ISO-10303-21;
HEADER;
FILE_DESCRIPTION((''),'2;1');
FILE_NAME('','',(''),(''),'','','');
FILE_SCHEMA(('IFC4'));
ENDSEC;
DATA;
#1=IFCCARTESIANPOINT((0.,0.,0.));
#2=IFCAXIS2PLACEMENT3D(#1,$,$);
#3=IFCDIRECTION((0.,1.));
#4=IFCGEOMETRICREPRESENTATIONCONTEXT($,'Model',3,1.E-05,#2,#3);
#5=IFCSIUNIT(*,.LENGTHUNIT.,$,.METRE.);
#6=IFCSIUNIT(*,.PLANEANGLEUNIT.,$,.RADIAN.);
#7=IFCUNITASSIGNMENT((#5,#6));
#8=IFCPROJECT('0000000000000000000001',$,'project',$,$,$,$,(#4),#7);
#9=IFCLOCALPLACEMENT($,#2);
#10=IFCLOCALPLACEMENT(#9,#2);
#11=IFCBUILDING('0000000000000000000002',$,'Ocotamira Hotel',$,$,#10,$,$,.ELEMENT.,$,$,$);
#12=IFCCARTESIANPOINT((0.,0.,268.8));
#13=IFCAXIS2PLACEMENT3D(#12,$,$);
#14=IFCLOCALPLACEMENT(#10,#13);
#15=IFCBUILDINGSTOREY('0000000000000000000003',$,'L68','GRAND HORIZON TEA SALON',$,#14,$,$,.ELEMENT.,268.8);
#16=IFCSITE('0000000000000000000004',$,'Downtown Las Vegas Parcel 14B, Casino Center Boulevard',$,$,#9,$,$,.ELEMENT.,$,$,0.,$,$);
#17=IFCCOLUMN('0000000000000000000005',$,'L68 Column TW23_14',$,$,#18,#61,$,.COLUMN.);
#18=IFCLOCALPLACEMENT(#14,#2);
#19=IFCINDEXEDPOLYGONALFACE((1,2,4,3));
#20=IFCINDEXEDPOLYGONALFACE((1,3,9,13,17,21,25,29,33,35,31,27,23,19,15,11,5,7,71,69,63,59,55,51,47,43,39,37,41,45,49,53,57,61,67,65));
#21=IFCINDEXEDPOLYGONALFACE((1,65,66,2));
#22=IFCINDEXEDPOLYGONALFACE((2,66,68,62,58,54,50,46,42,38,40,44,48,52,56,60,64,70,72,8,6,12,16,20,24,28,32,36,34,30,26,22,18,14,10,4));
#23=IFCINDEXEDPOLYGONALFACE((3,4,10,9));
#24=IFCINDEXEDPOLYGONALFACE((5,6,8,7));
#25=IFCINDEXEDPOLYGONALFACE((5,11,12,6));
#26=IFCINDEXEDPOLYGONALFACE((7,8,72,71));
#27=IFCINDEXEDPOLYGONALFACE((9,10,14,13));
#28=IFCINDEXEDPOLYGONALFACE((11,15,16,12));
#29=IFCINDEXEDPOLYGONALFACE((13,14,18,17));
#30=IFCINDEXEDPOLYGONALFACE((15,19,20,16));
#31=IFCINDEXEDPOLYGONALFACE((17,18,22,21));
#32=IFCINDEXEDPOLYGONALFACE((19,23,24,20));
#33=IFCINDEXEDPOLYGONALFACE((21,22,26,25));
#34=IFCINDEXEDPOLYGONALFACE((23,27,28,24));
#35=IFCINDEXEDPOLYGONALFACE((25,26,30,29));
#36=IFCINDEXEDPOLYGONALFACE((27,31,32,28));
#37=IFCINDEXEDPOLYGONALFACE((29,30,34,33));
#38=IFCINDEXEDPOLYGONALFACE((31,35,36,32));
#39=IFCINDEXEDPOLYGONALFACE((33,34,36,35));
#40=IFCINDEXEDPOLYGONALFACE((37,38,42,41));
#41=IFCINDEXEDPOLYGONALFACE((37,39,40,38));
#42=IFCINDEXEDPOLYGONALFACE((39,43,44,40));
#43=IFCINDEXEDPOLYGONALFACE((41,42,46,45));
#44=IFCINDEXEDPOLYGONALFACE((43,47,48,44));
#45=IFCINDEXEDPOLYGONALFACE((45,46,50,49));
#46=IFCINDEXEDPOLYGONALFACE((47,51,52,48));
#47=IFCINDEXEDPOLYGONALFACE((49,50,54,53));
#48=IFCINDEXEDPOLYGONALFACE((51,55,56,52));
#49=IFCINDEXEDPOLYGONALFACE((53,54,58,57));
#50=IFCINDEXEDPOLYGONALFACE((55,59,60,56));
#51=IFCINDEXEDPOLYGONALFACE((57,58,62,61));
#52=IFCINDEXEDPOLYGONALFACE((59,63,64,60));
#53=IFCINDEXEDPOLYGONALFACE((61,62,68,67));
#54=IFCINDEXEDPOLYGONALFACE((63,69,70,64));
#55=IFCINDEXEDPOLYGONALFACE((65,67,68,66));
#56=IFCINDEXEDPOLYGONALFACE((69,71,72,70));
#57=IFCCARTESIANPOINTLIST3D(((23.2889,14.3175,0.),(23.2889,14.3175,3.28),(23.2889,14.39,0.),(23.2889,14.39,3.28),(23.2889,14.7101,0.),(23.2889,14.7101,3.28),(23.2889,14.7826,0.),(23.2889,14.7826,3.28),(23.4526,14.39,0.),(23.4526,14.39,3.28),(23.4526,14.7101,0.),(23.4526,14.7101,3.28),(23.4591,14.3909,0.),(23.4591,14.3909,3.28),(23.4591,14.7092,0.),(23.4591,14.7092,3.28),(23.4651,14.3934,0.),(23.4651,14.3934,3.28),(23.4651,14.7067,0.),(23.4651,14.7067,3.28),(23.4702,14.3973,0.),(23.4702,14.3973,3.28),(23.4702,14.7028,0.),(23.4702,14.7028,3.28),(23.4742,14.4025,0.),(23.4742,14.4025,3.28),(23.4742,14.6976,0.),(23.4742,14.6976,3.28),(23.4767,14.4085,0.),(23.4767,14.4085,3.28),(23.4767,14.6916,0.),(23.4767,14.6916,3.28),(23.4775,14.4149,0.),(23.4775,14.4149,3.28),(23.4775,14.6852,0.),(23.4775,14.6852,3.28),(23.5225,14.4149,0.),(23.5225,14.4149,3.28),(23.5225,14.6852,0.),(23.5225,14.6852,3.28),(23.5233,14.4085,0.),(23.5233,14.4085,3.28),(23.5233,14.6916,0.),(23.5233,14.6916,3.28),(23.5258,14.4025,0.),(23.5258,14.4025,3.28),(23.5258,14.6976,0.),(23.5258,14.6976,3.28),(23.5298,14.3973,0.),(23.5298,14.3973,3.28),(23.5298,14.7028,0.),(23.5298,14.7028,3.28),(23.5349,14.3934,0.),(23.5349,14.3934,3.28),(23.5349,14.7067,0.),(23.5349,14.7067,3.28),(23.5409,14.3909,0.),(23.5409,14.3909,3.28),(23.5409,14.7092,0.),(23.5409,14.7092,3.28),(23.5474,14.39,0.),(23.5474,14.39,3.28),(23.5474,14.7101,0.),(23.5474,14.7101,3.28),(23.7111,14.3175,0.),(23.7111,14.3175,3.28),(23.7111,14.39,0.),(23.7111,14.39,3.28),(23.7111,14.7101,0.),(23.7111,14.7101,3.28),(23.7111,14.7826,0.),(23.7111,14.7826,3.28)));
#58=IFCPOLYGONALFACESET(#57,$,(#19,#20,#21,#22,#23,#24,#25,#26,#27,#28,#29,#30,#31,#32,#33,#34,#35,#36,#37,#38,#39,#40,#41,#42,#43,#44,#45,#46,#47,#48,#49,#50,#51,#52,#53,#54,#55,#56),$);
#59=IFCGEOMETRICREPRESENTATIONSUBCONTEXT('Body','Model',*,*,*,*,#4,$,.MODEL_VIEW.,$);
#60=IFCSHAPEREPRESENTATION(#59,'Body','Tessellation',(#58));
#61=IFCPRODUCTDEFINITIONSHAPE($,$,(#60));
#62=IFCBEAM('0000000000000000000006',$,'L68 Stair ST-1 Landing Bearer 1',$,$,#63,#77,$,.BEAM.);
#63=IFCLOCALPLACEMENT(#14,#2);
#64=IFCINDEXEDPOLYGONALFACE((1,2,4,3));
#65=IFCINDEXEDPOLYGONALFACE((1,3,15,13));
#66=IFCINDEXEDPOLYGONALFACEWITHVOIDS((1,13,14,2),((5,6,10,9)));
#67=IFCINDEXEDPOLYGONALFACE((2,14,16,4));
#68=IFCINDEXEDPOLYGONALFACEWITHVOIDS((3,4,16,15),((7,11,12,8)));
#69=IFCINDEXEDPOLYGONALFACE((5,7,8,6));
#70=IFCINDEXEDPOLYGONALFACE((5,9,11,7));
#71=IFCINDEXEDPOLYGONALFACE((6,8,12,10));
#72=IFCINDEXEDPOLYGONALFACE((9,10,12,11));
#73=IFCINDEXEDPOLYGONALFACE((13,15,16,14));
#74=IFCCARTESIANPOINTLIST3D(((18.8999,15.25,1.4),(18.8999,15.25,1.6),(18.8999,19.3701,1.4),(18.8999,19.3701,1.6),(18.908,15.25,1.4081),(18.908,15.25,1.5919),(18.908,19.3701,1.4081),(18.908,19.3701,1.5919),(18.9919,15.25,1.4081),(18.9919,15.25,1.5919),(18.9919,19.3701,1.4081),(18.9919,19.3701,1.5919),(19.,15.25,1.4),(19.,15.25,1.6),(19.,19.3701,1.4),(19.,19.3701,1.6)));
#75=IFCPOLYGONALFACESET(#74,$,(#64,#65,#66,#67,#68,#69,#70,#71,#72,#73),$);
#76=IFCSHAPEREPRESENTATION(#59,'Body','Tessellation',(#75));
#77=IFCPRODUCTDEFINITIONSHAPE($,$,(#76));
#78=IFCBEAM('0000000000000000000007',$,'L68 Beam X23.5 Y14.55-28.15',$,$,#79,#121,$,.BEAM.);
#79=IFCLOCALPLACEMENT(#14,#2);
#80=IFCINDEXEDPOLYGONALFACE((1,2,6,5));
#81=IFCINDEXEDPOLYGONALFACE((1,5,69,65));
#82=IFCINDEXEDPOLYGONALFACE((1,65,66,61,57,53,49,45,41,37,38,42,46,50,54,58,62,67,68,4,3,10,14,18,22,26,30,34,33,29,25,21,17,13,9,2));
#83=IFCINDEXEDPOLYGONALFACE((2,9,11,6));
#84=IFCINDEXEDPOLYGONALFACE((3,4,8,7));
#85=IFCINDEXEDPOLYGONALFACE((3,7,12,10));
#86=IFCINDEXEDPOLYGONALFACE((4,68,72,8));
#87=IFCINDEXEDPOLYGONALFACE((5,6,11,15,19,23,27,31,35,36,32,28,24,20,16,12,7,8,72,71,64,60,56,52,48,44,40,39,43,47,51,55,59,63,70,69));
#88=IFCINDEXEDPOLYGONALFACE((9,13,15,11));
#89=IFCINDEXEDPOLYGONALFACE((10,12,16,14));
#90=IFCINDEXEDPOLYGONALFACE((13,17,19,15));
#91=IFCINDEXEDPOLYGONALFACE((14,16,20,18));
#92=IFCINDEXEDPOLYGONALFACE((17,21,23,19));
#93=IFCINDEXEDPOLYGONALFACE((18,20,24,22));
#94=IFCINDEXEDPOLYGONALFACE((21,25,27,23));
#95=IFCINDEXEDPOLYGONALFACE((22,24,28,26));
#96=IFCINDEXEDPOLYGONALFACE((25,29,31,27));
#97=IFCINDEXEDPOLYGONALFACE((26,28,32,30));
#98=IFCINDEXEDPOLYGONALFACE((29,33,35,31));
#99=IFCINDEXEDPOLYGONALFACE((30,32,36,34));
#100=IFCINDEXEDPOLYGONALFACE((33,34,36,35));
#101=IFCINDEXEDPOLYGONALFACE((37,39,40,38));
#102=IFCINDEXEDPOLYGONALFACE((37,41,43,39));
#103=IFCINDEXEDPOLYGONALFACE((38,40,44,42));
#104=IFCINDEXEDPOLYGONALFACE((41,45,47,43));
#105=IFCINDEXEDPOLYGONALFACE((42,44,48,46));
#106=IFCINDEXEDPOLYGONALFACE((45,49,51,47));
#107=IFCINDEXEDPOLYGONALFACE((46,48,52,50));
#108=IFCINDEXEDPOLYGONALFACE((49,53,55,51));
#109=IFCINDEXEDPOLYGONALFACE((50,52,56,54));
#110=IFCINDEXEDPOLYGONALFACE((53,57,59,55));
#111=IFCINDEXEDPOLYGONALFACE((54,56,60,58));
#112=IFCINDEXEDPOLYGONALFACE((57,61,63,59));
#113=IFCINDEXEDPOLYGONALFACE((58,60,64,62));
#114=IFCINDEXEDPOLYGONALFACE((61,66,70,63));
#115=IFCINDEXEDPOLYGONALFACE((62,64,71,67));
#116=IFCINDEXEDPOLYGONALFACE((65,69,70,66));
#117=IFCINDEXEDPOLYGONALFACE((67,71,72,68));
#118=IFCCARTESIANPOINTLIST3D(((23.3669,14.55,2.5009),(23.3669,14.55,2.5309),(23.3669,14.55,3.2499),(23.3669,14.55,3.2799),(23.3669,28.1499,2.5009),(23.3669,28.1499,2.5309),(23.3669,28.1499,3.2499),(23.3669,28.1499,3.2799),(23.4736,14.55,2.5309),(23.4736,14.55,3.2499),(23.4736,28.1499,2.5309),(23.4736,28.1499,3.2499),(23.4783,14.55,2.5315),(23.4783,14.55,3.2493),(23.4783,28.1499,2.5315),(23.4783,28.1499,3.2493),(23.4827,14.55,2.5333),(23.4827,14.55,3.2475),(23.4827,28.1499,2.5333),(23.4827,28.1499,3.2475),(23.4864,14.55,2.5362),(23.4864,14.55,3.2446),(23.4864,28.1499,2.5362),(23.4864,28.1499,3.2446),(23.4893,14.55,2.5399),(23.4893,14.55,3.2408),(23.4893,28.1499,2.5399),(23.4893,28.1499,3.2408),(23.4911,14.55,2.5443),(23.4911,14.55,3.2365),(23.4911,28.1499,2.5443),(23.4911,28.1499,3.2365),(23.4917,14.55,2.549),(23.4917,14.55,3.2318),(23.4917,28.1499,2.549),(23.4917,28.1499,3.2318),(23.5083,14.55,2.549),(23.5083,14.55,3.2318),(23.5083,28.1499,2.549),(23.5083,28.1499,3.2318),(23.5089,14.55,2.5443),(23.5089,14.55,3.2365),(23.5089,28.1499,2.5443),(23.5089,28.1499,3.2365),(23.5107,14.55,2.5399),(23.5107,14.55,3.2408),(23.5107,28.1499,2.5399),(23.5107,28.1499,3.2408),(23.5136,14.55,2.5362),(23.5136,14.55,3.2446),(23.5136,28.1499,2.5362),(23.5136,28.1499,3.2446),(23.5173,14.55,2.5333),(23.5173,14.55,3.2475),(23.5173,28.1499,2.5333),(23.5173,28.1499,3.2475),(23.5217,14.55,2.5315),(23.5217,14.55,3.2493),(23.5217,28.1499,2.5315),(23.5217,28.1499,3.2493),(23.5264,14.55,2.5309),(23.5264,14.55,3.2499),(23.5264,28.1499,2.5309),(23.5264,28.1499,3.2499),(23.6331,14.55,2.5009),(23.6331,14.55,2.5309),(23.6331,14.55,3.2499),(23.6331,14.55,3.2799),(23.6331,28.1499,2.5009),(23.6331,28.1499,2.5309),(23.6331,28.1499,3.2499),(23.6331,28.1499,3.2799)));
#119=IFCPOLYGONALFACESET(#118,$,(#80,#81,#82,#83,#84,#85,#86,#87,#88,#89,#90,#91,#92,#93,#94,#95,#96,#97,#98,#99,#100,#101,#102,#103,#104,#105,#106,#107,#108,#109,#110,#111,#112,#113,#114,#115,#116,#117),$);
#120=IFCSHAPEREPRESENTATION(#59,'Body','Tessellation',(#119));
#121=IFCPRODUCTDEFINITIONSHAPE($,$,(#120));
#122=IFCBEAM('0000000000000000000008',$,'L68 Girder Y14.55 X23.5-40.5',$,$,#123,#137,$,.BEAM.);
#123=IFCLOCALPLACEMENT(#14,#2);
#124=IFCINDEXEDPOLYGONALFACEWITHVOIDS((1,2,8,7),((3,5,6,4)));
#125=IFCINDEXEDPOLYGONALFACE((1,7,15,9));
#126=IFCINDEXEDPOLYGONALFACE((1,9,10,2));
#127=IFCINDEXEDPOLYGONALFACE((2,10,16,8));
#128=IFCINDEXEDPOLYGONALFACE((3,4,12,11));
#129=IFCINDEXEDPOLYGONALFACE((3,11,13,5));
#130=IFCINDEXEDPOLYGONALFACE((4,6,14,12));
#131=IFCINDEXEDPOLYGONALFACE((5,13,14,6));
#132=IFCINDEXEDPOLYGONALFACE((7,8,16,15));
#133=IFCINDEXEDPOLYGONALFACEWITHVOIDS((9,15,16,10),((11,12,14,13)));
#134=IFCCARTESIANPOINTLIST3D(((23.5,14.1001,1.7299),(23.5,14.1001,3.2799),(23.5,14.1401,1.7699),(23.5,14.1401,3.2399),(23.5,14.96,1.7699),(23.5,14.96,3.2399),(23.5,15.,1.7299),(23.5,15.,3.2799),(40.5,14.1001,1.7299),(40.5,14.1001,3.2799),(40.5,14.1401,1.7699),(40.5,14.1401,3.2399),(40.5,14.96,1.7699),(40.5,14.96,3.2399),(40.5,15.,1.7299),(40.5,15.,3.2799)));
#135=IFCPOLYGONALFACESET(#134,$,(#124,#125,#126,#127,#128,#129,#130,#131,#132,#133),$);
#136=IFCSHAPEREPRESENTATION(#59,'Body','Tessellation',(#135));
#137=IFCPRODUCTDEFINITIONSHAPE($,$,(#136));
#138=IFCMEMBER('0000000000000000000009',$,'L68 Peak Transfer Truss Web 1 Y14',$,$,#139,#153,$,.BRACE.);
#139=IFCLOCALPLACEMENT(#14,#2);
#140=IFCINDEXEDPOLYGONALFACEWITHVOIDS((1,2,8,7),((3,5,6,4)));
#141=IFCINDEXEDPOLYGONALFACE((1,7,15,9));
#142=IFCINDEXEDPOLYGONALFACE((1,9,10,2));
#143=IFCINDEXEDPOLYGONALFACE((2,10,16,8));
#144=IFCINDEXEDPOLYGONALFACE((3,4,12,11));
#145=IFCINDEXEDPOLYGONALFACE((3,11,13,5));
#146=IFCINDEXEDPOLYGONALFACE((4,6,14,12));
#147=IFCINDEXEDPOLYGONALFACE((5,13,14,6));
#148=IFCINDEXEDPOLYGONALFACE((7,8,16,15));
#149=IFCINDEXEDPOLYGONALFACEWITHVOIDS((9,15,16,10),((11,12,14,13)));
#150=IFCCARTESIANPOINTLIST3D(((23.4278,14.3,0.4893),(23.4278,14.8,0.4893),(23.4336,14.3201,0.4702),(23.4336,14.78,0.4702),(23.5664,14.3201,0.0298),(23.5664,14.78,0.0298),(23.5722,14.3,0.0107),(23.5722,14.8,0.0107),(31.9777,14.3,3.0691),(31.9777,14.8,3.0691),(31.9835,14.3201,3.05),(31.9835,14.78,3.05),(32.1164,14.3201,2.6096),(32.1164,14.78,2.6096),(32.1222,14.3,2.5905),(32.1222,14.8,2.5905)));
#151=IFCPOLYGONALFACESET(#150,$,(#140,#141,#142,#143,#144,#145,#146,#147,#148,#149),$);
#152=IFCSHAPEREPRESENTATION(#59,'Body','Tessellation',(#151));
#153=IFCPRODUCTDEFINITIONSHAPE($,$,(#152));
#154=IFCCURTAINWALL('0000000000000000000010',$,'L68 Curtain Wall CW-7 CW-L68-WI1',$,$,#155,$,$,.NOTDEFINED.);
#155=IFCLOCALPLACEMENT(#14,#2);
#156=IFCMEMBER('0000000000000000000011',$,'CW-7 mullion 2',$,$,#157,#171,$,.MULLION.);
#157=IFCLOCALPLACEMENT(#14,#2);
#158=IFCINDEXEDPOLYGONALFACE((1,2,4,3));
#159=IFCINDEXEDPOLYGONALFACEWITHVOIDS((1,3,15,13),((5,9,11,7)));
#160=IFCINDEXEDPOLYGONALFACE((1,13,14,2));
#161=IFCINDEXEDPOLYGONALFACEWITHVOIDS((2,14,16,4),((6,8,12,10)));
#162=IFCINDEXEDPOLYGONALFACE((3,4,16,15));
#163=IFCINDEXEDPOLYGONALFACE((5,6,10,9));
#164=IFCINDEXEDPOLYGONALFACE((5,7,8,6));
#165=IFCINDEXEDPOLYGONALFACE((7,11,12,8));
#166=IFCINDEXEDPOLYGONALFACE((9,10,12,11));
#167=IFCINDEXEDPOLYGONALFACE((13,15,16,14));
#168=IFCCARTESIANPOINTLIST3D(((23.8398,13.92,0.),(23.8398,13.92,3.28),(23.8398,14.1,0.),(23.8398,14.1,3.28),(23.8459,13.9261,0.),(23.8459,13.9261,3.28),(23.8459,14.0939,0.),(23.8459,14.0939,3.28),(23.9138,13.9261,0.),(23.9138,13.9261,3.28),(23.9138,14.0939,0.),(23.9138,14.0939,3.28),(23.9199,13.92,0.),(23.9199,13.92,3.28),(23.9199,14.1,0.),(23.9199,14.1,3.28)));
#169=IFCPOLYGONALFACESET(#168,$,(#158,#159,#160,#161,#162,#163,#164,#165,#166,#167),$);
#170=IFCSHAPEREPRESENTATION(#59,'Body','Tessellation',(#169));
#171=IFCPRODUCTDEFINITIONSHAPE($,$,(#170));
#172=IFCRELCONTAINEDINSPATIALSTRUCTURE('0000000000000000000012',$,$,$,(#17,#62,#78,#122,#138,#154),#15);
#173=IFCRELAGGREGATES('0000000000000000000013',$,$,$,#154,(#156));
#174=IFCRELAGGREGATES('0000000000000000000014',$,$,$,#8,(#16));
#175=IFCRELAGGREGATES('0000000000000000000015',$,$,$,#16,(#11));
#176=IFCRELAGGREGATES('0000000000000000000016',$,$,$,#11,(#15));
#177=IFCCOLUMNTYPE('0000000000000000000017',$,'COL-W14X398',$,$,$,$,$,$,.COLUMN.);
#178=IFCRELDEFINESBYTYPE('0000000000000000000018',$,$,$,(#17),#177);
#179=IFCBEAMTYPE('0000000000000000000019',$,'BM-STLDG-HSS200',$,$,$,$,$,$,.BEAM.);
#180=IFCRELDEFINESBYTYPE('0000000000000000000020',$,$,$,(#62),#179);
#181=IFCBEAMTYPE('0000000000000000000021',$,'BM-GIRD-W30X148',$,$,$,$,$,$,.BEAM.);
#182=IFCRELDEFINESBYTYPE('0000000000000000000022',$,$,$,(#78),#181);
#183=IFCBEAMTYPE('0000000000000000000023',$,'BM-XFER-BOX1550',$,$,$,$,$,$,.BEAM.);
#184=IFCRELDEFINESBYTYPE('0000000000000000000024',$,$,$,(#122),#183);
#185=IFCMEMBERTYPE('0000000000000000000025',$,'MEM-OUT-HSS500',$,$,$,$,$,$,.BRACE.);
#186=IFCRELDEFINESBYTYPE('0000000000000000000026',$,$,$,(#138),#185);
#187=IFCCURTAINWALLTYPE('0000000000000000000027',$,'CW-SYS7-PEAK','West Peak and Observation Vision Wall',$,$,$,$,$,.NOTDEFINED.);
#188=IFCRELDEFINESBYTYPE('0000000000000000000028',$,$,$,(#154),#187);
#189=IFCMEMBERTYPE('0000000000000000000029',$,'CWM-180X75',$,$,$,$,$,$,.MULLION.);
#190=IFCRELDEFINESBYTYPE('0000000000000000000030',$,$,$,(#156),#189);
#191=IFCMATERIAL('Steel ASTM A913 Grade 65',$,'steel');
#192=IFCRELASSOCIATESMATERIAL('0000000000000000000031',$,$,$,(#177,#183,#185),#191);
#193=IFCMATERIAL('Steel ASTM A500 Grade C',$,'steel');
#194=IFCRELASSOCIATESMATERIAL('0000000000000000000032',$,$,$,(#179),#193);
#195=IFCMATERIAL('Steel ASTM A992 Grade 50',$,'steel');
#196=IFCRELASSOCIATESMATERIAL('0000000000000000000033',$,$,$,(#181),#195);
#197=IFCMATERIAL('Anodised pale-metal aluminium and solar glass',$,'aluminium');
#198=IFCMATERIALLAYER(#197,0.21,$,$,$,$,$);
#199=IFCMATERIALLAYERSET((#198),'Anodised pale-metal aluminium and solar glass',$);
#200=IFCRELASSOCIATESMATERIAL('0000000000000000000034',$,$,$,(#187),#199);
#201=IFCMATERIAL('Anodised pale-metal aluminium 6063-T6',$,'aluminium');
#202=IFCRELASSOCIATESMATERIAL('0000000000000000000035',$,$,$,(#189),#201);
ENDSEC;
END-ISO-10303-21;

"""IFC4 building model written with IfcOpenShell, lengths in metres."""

from ifc_helpers import new_model, si_unit, direction, frame, origin, origin_2d, place, context, subcontext, project, spatial, hollow_rectangle, i_section, extrude, source, transform, mapped, material, layer, layer_set, material_profile, profile_set, type_object, element, aggregate, save


model = new_model("IFC4")

# Units and contexts
model_context = context("Model", 3, precision=1e-05, world=origin(), true_north=direction((0.0, 1.0)))
body_context = subcontext(model_context, "Body", "Model", "MODEL_VIEW")
ifc_project = project(units=[si_unit("LENGTHUNIT", "METRE"), si_unit("PLANEANGLEUNIT", "RADIAN")], contexts=[model_context])

# Site, building, storey
site_placement = place(None, origin())
site = spatial("IfcSite", under=ifc_project, at=site_placement, Name="Downtown Las Vegas Parcel 14B, Casino Center Boulevard", CompositionType="ELEMENT", RefElevation=0.0)
building_placement = place(site_placement, origin())
building = spatial("IfcBuilding", under=site, at=building_placement, Name="Ocotamira Hotel", CompositionType="ELEMENT")
storey_placement = place(building_placement, frame((0.0, 0.0, 268.8)))
storey = spatial("IfcBuildingStorey", under=building, at=storey_placement, Name="L68", Description="GRAND HORIZON TEA SALON", CompositionType="ELEMENT", Elevation=268.8)

# Column
ifc_material_1 = material(Name="Steel ASTM A913 Grade 65", Category="steel")
ifc_material_profile_1 = material_profile(ifc_material_1, i_section(OverallWidth=0.4221, OverallDepth=0.4651, WebThickness=0.0449, FlangeThickness=0.0725, FilletRadius=0.0249, at=origin_2d()), Name="W14X398")
ifc_profile_set_1 = profile_set([ifc_material_profile_1], Name="Steel ASTM A913 Grade 65")
column_type = type_object("IfcColumnType", Name="COL-W14X398", PredefinedType="COLUMN", material=ifc_profile_set_1)
shared_shape_1 = source(origin(), body_context, "Body", "SweptSolid", [
    extrude(i_section(OverallWidth=0.4221, OverallDepth=0.4651, WebThickness=0.0449, FlangeThickness=0.0725, FilletRadius=0.0249, at=origin_2d()), origin(), (0.0, 0.0, 1.0), 3.28),
])
column_placement = place(storey_placement, frame((23.5, 14.55, 0.0), z_axis=(0.0, 0.0, 1.0), x_axis=(1.0, 0.0, 0.0)))
element("IfcColumn", 1, at=column_placement, inside=storey, type_object=column_type, Name="L68 Column TW23_14", PredefinedType="COLUMN", context=body_context, shape_type="MappedRepresentation", body=[
    mapped(shared_shape_1, transform((0.0, 0.0, 0.0), scale=1.0)),
])

# Beams
ifc_material_2 = material(Name="Steel ASTM A500 Grade C", Category="steel")
ifc_material_profile_2 = material_profile(ifc_material_2, hollow_rectangle(XDim=0.1001, YDim=0.2, WallThickness=0.0081, at=origin_2d()), Name="HSS200X100X8")
ifc_profile_set_2 = profile_set([ifc_material_profile_2], Name="Steel ASTM A500 Grade C")
beam_type_1 = type_object("IfcBeamType", Name="BM-STLDG-HSS200", PredefinedType="BEAM", material=ifc_profile_set_2)
shared_shape_2 = source(origin(), body_context, "Body", "SweptSolid", [
    extrude(hollow_rectangle(XDim=0.1001, YDim=0.2, WallThickness=0.0081, at=origin_2d()), origin(), (0.0, 0.0, 1.0), 4.1201),
])
beam_1_placement = place(storey_placement, frame((18.95, 15.25, 1.5), z_axis=(0.0, 1.0, 0.0), x_axis=(-1.0, 0.0, 0.0)))
element("IfcBeam", 2, at=beam_1_placement, inside=storey, type_object=beam_type_1, Name="L68 Stair ST-1 Landing Bearer 1", PredefinedType="BEAM", context=body_context, shape_type="MappedRepresentation", body=[
    mapped(shared_shape_2, transform((0.0, 0.0, 0.0), scale=1.0)),
])
ifc_material_3 = material(Name="Steel ASTM A992 Grade 50", Category="steel")
ifc_material_profile_3 = material_profile(ifc_material_3, i_section(OverallWidth=0.2661, OverallDepth=0.7791, WebThickness=0.0166, FlangeThickness=0.03, FilletRadius=0.0181, at=origin_2d()), Name="W30X148")
ifc_profile_set_3 = profile_set([ifc_material_profile_3], Name="Steel ASTM A992 Grade 50")
beam_type_2 = type_object("IfcBeamType", Name="BM-GIRD-W30X148", PredefinedType="BEAM", material=ifc_profile_set_3)
shared_shape_3 = source(origin(), body_context, "Body", "SweptSolid", [
    extrude(i_section(OverallWidth=0.2661, OverallDepth=0.7791, WebThickness=0.0166, FlangeThickness=0.03, FilletRadius=0.0181, at=origin_2d()), origin(), (0.0, 0.0, 1.0), 13.5999),
])
beam_2_placement = place(storey_placement, frame((23.5, 14.55, 2.8904), z_axis=(0.0, 1.0, 0.0), x_axis=(-1.0, 0.0, 0.0)))
element("IfcBeam", 3, at=beam_2_placement, inside=storey, type_object=beam_type_2, Name="L68 Beam X23.5 Y14.55-28.15", PredefinedType="BEAM", context=body_context, shape_type="MappedRepresentation", body=[
    mapped(shared_shape_3, transform((0.0, 0.0, 0.0), scale=1.0)),
])
ifc_material_profile_4 = material_profile(ifc_material_1, hollow_rectangle(XDim=0.8999, YDim=1.55, WallThickness=0.04, at=origin_2d()), Name="BOX900X1550X40")
ifc_profile_set_4 = profile_set([ifc_material_profile_4], Name="Steel ASTM A913 Grade 65")
beam_type_3 = type_object("IfcBeamType", Name="BM-XFER-BOX1550", PredefinedType="BEAM", material=ifc_profile_set_4)
shared_shape_4 = source(origin(), body_context, "Body", "SweptSolid", [
    extrude(hollow_rectangle(XDim=0.8999, YDim=1.55, WallThickness=0.04, at=origin_2d()), origin(), (0.0, 0.0, 1.0), 17.0),
])
beam_3_placement = place(storey_placement, frame((23.5, 14.55, 2.5049), z_axis=(1.0, 0.0, 0.0), x_axis=(0.0, 1.0, 0.0)))
element("IfcBeam", 4, at=beam_3_placement, inside=storey, type_object=beam_type_3, Name="L68 Girder Y14.55 X23.5-40.5", PredefinedType="BEAM", context=body_context, shape_type="MappedRepresentation", body=[
    mapped(shared_shape_4, transform((0.0, 0.0, 0.0), scale=1.0)),
])

# Member
ifc_material_profile_5 = material_profile(ifc_material_1, hollow_rectangle(XDim=0.5, YDim=0.5, WallThickness=0.02, at=origin_2d()), Name="HSS500X500X20")
ifc_profile_set_5 = profile_set([ifc_material_profile_5], Name="Steel ASTM A913 Grade 65")
member_type_1 = type_object("IfcMemberType", Name="MEM-OUT-HSS500", PredefinedType="BRACE", material=ifc_profile_set_5)
shared_shape_5 = source(origin(), body_context, "Body", "SweptSolid", [
    extrude(hollow_rectangle(XDim=0.5, YDim=0.5, WallThickness=0.02, at=origin_2d()), origin(), (0.0, 0.0, 1.0), 8.9307),
])
member_1_placement = place(storey_placement, frame((23.5, 14.55, 0.25), z_axis=(0.957368, 0.0, 0.28887), x_axis=(0.0, 1.0, 0.0)))
element("IfcMember", 5, at=member_1_placement, inside=storey, type_object=member_type_1, Name="L68 Peak Transfer Truss Web 1 Y14", PredefinedType="BRACE", context=body_context, shape_type="MappedRepresentation", body=[
    mapped(shared_shape_5, transform((0.0, 0.0, 0.0), scale=1.0)),
])

# Curtain wall, member
ifc_material_4 = material(Name="Anodised pale-metal aluminium and solar glass", Category="aluminium")
ifc_layer_1 = layer(ifc_material_4, 0.21)
ifc_layer_set_1 = layer_set([ifc_layer_1], Name="Anodised pale-metal aluminium and solar glass")
curtain_wall_type = type_object("IfcCurtainWallType", Name="CW-SYS7-PEAK", Description="West Peak and Observation Vision Wall", PredefinedType="NOTDEFINED", material=ifc_layer_set_1)
curtain_wall_1_placement = place(storey_placement, origin())
curtain_wall_1 = element("IfcCurtainWall", 6, at=curtain_wall_1_placement, inside=storey, type_object=curtain_wall_type, Name="L68 Curtain Wall CW-7 CW-L68-WI1", PredefinedType="NOTDEFINED")
ifc_material_5 = material(Name="Anodised pale-metal aluminium 6063-T6", Category="aluminium")
ifc_material_profile_6 = material_profile(ifc_material_5, hollow_rectangle(XDim=0.0801, YDim=0.1799, WallThickness=0.0061, at=origin_2d()), Name="HSS180X80X6")
ifc_profile_set_6 = profile_set([ifc_material_profile_6], Name="Anodised pale-metal aluminium 6063-T6")
member_type_2 = type_object("IfcMemberType", Name="CWM-180X75", PredefinedType="MULLION", material=ifc_profile_set_6)
shared_shape_6 = source(origin(), body_context, "Body", "SweptSolid", [
    extrude(hollow_rectangle(XDim=0.0801, YDim=0.1799, WallThickness=0.0061, at=origin_2d()), origin(), (0.0, 0.0, 1.0), 3.28),
])
member_2_placement = place(storey_placement, frame((23.8799, 14.01, 0.0), z_axis=(0.0, 0.0, 1.0), x_axis=(-1.0, 0.0, 0.0)))
member_2 = element("IfcMember", 7, at=member_2_placement, type_object=member_type_2, Name="CW-7 mullion 2", PredefinedType="MULLION", context=body_context, shape_type="MappedRepresentation", body=[
    mapped(shared_shape_6, transform((0.0, 0.0, 0.0), scale=1.0)),
])
aggregate(curtain_wall_1, [member_2])

save(model, "model.ifc")
